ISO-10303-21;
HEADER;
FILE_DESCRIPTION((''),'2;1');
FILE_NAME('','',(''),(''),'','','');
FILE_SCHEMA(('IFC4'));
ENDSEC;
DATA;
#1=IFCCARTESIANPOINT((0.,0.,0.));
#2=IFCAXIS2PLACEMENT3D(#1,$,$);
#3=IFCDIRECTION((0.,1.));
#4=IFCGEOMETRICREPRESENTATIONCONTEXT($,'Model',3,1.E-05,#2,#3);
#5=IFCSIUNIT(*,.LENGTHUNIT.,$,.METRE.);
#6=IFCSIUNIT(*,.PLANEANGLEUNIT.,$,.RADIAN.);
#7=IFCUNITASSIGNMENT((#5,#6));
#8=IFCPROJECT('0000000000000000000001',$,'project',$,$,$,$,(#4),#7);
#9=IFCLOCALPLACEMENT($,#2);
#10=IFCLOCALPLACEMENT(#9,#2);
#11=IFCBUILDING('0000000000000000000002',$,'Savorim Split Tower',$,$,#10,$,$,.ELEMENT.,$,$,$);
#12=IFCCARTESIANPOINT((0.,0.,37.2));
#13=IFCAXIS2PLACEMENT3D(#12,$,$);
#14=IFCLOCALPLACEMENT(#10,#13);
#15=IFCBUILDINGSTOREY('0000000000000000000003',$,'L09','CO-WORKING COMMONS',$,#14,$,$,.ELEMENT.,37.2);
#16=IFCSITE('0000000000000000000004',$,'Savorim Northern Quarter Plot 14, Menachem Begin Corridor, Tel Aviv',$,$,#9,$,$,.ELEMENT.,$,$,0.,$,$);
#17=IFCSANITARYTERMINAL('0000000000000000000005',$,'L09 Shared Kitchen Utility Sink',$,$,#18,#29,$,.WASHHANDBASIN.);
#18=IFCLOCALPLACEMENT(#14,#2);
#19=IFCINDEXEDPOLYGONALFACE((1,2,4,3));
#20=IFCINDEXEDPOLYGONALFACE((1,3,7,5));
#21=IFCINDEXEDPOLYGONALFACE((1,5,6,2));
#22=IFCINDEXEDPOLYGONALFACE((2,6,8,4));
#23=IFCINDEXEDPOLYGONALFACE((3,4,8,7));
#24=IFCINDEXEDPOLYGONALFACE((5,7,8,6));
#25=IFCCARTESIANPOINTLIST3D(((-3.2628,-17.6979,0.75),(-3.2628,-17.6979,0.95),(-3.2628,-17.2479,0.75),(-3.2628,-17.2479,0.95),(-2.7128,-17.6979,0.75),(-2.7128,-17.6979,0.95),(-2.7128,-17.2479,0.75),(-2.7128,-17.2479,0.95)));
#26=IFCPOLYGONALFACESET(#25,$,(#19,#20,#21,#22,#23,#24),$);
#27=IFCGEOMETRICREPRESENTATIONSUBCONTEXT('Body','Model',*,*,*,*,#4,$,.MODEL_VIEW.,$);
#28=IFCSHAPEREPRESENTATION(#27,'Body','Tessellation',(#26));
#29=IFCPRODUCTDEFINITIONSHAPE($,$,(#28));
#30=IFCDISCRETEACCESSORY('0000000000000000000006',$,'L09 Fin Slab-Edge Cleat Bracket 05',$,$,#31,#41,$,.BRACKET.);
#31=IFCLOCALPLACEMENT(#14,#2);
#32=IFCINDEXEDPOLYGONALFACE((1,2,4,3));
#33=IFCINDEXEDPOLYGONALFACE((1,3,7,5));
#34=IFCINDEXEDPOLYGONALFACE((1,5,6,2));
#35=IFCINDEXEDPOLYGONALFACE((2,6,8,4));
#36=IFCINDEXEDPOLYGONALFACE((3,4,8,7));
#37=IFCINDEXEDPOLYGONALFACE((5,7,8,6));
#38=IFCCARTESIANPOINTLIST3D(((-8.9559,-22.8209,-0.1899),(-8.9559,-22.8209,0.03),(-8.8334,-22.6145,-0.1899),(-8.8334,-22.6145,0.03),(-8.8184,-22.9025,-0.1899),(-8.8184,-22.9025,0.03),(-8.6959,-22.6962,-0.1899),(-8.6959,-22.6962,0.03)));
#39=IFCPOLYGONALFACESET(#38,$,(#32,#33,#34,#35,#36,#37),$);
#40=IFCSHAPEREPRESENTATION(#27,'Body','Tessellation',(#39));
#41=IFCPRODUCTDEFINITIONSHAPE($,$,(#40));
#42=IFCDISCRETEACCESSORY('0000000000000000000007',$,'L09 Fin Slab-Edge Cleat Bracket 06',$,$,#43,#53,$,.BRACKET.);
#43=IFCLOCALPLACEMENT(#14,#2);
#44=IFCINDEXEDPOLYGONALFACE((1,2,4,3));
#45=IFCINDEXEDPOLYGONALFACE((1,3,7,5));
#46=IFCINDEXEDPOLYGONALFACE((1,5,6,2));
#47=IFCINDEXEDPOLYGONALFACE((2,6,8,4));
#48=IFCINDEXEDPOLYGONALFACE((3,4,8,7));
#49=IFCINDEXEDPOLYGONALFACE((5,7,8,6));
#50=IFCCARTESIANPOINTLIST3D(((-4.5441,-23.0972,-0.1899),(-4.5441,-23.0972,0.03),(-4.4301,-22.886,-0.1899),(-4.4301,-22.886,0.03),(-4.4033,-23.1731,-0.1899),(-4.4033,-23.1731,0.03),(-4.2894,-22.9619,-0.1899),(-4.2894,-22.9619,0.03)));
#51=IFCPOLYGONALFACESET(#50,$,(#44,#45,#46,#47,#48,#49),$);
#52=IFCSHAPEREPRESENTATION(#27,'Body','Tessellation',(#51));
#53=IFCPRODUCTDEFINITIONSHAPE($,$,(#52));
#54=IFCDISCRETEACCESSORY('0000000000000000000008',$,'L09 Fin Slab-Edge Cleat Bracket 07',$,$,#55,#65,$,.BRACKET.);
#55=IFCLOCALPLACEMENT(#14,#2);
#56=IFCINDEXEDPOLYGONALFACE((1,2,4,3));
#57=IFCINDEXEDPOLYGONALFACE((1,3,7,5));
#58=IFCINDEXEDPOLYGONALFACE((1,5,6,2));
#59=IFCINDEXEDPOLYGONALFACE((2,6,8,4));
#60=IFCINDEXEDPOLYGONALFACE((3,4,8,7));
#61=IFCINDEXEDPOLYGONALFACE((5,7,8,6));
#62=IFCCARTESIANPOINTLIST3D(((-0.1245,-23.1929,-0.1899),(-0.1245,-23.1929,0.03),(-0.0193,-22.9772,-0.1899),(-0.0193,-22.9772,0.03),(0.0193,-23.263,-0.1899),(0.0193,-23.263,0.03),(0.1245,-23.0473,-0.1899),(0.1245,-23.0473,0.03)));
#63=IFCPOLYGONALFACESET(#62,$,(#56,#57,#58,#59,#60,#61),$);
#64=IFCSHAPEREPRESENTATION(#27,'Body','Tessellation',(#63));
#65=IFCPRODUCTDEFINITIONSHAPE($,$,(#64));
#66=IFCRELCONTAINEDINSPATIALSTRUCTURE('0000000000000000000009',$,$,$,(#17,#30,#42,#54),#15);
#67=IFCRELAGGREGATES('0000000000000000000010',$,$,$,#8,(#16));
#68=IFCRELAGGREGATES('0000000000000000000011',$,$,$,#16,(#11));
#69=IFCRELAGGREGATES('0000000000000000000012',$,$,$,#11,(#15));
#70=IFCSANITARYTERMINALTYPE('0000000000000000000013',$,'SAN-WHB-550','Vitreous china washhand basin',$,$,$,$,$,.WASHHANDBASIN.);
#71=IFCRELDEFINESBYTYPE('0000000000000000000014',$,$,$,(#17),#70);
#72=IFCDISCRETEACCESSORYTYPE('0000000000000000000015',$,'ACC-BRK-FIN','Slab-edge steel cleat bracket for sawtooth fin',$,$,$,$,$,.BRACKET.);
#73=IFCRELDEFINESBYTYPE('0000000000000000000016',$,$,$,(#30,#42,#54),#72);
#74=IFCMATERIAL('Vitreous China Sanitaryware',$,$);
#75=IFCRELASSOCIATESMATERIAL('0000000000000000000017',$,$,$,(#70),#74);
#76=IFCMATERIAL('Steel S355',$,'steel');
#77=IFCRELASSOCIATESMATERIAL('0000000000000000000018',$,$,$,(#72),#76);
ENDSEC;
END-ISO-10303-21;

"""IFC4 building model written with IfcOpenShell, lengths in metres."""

from ifc_helpers import new_model, si_unit, direction, frame, origin, origin_2d, place, context, subcontext, project, spatial, rectangle, extrude, material, type_object, element, save


model = new_model("IFC4")

# Units and contexts
model_context = context("Model", 3, precision=1e-05, world=origin(), true_north=direction((0.0, 1.0)))
body_context = subcontext(model_context, "Body", "Model", "MODEL_VIEW")
ifc_project = project(units=[si_unit("LENGTHUNIT", "METRE"), si_unit("PLANEANGLEUNIT", "RADIAN")], contexts=[model_context])

# Site, building, storey
site_placement = place(None, origin())
site = spatial("IfcSite", under=ifc_project, at=site_placement, Name="Savorim Northern Quarter Plot 14, Menachem Begin Corridor, Tel Aviv", CompositionType="ELEMENT", RefElevation=0.0)
building_placement = place(site_placement, origin())
building = spatial("IfcBuilding", under=site, at=building_placement, Name="Savorim Split Tower", CompositionType="ELEMENT")
storey_placement = place(building_placement, frame((0.0, 0.0, 37.2)))
storey = spatial("IfcBuildingStorey", under=building, at=storey_placement, Name="L09", Description="CO-WORKING COMMONS", CompositionType="ELEMENT", Elevation=37.2)

# Shared definitions
ifc_material_1 = material(Name="Steel S355", Category="steel")

# Sanitary terminal
ifc_material_2 = material(Name="Vitreous China Sanitaryware")
sanitary_terminal_type = type_object("IfcSanitaryTerminalType", Name="SAN-WHB-550", Description="Vitreous china washhand basin", PredefinedType="WASHHANDBASIN", material=ifc_material_2)
sanitary_terminal_placement = place(storey_placement, frame((-2.9878, -17.4729, 0.75), z_axis=(0.0, 0.0, 1.0), x_axis=(1.0, 0.0, 0.0)))
element("IfcSanitaryTerminal", 1, at=sanitary_terminal_placement, inside=storey, type_object=sanitary_terminal_type, Name="L09 Shared Kitchen Utility Sink", PredefinedType="WASHHANDBASIN", context=body_context, shape_type="SweptSolid", body=[
    extrude(rectangle(XDim=0.55, YDim=0.45, at=origin_2d()), origin(), (0.0, 0.0, 1.0), 0.2),
])

# Discrete accessories
discrete_accessory_type = type_object("IfcDiscreteAccessoryType", Name="ACC-BRK-FIN", Description="Slab-edge steel cleat bracket for sawtooth fin", PredefinedType="BRACKET", material=ifc_material_1)
for number, where, z_axis, x_axis, name in (
    (2, (-8.8259, -22.7585, -0.1899), (0.0, 0.0, 1.0), (-0.510391, -0.859942, 0.0), "L09 Fin Slab-Edge Cleat Bracket 05"),
    (3, (-4.4167, -23.0295, -0.1899), (0.0, 0.0, 1.0), (-0.474778, -0.880106, 0.0), "L09 Fin Slab-Edge Cleat Bracket 06"),
    (4, (0.0, -23.1201, -0.1899), (0.0, 0.0, 1.0), (-0.438371, -0.898794, 0.0), "L09 Fin Slab-Edge Cleat Bracket 07"),
):
    element("IfcDiscreteAccessory", number, at=place(storey_placement, frame(where, z_axis=z_axis, x_axis=x_axis)), inside=storey, type_object=discrete_accessory_type, Name=name, PredefinedType="BRACKET", context=body_context, shape_type="SweptSolid", body=[
        extrude(rectangle(XDim=0.24, YDim=0.1599, at=origin_2d()), origin(), (0.0, 0.0, 1.0), 0.22),
    ])

save(model, "model.ifc")
